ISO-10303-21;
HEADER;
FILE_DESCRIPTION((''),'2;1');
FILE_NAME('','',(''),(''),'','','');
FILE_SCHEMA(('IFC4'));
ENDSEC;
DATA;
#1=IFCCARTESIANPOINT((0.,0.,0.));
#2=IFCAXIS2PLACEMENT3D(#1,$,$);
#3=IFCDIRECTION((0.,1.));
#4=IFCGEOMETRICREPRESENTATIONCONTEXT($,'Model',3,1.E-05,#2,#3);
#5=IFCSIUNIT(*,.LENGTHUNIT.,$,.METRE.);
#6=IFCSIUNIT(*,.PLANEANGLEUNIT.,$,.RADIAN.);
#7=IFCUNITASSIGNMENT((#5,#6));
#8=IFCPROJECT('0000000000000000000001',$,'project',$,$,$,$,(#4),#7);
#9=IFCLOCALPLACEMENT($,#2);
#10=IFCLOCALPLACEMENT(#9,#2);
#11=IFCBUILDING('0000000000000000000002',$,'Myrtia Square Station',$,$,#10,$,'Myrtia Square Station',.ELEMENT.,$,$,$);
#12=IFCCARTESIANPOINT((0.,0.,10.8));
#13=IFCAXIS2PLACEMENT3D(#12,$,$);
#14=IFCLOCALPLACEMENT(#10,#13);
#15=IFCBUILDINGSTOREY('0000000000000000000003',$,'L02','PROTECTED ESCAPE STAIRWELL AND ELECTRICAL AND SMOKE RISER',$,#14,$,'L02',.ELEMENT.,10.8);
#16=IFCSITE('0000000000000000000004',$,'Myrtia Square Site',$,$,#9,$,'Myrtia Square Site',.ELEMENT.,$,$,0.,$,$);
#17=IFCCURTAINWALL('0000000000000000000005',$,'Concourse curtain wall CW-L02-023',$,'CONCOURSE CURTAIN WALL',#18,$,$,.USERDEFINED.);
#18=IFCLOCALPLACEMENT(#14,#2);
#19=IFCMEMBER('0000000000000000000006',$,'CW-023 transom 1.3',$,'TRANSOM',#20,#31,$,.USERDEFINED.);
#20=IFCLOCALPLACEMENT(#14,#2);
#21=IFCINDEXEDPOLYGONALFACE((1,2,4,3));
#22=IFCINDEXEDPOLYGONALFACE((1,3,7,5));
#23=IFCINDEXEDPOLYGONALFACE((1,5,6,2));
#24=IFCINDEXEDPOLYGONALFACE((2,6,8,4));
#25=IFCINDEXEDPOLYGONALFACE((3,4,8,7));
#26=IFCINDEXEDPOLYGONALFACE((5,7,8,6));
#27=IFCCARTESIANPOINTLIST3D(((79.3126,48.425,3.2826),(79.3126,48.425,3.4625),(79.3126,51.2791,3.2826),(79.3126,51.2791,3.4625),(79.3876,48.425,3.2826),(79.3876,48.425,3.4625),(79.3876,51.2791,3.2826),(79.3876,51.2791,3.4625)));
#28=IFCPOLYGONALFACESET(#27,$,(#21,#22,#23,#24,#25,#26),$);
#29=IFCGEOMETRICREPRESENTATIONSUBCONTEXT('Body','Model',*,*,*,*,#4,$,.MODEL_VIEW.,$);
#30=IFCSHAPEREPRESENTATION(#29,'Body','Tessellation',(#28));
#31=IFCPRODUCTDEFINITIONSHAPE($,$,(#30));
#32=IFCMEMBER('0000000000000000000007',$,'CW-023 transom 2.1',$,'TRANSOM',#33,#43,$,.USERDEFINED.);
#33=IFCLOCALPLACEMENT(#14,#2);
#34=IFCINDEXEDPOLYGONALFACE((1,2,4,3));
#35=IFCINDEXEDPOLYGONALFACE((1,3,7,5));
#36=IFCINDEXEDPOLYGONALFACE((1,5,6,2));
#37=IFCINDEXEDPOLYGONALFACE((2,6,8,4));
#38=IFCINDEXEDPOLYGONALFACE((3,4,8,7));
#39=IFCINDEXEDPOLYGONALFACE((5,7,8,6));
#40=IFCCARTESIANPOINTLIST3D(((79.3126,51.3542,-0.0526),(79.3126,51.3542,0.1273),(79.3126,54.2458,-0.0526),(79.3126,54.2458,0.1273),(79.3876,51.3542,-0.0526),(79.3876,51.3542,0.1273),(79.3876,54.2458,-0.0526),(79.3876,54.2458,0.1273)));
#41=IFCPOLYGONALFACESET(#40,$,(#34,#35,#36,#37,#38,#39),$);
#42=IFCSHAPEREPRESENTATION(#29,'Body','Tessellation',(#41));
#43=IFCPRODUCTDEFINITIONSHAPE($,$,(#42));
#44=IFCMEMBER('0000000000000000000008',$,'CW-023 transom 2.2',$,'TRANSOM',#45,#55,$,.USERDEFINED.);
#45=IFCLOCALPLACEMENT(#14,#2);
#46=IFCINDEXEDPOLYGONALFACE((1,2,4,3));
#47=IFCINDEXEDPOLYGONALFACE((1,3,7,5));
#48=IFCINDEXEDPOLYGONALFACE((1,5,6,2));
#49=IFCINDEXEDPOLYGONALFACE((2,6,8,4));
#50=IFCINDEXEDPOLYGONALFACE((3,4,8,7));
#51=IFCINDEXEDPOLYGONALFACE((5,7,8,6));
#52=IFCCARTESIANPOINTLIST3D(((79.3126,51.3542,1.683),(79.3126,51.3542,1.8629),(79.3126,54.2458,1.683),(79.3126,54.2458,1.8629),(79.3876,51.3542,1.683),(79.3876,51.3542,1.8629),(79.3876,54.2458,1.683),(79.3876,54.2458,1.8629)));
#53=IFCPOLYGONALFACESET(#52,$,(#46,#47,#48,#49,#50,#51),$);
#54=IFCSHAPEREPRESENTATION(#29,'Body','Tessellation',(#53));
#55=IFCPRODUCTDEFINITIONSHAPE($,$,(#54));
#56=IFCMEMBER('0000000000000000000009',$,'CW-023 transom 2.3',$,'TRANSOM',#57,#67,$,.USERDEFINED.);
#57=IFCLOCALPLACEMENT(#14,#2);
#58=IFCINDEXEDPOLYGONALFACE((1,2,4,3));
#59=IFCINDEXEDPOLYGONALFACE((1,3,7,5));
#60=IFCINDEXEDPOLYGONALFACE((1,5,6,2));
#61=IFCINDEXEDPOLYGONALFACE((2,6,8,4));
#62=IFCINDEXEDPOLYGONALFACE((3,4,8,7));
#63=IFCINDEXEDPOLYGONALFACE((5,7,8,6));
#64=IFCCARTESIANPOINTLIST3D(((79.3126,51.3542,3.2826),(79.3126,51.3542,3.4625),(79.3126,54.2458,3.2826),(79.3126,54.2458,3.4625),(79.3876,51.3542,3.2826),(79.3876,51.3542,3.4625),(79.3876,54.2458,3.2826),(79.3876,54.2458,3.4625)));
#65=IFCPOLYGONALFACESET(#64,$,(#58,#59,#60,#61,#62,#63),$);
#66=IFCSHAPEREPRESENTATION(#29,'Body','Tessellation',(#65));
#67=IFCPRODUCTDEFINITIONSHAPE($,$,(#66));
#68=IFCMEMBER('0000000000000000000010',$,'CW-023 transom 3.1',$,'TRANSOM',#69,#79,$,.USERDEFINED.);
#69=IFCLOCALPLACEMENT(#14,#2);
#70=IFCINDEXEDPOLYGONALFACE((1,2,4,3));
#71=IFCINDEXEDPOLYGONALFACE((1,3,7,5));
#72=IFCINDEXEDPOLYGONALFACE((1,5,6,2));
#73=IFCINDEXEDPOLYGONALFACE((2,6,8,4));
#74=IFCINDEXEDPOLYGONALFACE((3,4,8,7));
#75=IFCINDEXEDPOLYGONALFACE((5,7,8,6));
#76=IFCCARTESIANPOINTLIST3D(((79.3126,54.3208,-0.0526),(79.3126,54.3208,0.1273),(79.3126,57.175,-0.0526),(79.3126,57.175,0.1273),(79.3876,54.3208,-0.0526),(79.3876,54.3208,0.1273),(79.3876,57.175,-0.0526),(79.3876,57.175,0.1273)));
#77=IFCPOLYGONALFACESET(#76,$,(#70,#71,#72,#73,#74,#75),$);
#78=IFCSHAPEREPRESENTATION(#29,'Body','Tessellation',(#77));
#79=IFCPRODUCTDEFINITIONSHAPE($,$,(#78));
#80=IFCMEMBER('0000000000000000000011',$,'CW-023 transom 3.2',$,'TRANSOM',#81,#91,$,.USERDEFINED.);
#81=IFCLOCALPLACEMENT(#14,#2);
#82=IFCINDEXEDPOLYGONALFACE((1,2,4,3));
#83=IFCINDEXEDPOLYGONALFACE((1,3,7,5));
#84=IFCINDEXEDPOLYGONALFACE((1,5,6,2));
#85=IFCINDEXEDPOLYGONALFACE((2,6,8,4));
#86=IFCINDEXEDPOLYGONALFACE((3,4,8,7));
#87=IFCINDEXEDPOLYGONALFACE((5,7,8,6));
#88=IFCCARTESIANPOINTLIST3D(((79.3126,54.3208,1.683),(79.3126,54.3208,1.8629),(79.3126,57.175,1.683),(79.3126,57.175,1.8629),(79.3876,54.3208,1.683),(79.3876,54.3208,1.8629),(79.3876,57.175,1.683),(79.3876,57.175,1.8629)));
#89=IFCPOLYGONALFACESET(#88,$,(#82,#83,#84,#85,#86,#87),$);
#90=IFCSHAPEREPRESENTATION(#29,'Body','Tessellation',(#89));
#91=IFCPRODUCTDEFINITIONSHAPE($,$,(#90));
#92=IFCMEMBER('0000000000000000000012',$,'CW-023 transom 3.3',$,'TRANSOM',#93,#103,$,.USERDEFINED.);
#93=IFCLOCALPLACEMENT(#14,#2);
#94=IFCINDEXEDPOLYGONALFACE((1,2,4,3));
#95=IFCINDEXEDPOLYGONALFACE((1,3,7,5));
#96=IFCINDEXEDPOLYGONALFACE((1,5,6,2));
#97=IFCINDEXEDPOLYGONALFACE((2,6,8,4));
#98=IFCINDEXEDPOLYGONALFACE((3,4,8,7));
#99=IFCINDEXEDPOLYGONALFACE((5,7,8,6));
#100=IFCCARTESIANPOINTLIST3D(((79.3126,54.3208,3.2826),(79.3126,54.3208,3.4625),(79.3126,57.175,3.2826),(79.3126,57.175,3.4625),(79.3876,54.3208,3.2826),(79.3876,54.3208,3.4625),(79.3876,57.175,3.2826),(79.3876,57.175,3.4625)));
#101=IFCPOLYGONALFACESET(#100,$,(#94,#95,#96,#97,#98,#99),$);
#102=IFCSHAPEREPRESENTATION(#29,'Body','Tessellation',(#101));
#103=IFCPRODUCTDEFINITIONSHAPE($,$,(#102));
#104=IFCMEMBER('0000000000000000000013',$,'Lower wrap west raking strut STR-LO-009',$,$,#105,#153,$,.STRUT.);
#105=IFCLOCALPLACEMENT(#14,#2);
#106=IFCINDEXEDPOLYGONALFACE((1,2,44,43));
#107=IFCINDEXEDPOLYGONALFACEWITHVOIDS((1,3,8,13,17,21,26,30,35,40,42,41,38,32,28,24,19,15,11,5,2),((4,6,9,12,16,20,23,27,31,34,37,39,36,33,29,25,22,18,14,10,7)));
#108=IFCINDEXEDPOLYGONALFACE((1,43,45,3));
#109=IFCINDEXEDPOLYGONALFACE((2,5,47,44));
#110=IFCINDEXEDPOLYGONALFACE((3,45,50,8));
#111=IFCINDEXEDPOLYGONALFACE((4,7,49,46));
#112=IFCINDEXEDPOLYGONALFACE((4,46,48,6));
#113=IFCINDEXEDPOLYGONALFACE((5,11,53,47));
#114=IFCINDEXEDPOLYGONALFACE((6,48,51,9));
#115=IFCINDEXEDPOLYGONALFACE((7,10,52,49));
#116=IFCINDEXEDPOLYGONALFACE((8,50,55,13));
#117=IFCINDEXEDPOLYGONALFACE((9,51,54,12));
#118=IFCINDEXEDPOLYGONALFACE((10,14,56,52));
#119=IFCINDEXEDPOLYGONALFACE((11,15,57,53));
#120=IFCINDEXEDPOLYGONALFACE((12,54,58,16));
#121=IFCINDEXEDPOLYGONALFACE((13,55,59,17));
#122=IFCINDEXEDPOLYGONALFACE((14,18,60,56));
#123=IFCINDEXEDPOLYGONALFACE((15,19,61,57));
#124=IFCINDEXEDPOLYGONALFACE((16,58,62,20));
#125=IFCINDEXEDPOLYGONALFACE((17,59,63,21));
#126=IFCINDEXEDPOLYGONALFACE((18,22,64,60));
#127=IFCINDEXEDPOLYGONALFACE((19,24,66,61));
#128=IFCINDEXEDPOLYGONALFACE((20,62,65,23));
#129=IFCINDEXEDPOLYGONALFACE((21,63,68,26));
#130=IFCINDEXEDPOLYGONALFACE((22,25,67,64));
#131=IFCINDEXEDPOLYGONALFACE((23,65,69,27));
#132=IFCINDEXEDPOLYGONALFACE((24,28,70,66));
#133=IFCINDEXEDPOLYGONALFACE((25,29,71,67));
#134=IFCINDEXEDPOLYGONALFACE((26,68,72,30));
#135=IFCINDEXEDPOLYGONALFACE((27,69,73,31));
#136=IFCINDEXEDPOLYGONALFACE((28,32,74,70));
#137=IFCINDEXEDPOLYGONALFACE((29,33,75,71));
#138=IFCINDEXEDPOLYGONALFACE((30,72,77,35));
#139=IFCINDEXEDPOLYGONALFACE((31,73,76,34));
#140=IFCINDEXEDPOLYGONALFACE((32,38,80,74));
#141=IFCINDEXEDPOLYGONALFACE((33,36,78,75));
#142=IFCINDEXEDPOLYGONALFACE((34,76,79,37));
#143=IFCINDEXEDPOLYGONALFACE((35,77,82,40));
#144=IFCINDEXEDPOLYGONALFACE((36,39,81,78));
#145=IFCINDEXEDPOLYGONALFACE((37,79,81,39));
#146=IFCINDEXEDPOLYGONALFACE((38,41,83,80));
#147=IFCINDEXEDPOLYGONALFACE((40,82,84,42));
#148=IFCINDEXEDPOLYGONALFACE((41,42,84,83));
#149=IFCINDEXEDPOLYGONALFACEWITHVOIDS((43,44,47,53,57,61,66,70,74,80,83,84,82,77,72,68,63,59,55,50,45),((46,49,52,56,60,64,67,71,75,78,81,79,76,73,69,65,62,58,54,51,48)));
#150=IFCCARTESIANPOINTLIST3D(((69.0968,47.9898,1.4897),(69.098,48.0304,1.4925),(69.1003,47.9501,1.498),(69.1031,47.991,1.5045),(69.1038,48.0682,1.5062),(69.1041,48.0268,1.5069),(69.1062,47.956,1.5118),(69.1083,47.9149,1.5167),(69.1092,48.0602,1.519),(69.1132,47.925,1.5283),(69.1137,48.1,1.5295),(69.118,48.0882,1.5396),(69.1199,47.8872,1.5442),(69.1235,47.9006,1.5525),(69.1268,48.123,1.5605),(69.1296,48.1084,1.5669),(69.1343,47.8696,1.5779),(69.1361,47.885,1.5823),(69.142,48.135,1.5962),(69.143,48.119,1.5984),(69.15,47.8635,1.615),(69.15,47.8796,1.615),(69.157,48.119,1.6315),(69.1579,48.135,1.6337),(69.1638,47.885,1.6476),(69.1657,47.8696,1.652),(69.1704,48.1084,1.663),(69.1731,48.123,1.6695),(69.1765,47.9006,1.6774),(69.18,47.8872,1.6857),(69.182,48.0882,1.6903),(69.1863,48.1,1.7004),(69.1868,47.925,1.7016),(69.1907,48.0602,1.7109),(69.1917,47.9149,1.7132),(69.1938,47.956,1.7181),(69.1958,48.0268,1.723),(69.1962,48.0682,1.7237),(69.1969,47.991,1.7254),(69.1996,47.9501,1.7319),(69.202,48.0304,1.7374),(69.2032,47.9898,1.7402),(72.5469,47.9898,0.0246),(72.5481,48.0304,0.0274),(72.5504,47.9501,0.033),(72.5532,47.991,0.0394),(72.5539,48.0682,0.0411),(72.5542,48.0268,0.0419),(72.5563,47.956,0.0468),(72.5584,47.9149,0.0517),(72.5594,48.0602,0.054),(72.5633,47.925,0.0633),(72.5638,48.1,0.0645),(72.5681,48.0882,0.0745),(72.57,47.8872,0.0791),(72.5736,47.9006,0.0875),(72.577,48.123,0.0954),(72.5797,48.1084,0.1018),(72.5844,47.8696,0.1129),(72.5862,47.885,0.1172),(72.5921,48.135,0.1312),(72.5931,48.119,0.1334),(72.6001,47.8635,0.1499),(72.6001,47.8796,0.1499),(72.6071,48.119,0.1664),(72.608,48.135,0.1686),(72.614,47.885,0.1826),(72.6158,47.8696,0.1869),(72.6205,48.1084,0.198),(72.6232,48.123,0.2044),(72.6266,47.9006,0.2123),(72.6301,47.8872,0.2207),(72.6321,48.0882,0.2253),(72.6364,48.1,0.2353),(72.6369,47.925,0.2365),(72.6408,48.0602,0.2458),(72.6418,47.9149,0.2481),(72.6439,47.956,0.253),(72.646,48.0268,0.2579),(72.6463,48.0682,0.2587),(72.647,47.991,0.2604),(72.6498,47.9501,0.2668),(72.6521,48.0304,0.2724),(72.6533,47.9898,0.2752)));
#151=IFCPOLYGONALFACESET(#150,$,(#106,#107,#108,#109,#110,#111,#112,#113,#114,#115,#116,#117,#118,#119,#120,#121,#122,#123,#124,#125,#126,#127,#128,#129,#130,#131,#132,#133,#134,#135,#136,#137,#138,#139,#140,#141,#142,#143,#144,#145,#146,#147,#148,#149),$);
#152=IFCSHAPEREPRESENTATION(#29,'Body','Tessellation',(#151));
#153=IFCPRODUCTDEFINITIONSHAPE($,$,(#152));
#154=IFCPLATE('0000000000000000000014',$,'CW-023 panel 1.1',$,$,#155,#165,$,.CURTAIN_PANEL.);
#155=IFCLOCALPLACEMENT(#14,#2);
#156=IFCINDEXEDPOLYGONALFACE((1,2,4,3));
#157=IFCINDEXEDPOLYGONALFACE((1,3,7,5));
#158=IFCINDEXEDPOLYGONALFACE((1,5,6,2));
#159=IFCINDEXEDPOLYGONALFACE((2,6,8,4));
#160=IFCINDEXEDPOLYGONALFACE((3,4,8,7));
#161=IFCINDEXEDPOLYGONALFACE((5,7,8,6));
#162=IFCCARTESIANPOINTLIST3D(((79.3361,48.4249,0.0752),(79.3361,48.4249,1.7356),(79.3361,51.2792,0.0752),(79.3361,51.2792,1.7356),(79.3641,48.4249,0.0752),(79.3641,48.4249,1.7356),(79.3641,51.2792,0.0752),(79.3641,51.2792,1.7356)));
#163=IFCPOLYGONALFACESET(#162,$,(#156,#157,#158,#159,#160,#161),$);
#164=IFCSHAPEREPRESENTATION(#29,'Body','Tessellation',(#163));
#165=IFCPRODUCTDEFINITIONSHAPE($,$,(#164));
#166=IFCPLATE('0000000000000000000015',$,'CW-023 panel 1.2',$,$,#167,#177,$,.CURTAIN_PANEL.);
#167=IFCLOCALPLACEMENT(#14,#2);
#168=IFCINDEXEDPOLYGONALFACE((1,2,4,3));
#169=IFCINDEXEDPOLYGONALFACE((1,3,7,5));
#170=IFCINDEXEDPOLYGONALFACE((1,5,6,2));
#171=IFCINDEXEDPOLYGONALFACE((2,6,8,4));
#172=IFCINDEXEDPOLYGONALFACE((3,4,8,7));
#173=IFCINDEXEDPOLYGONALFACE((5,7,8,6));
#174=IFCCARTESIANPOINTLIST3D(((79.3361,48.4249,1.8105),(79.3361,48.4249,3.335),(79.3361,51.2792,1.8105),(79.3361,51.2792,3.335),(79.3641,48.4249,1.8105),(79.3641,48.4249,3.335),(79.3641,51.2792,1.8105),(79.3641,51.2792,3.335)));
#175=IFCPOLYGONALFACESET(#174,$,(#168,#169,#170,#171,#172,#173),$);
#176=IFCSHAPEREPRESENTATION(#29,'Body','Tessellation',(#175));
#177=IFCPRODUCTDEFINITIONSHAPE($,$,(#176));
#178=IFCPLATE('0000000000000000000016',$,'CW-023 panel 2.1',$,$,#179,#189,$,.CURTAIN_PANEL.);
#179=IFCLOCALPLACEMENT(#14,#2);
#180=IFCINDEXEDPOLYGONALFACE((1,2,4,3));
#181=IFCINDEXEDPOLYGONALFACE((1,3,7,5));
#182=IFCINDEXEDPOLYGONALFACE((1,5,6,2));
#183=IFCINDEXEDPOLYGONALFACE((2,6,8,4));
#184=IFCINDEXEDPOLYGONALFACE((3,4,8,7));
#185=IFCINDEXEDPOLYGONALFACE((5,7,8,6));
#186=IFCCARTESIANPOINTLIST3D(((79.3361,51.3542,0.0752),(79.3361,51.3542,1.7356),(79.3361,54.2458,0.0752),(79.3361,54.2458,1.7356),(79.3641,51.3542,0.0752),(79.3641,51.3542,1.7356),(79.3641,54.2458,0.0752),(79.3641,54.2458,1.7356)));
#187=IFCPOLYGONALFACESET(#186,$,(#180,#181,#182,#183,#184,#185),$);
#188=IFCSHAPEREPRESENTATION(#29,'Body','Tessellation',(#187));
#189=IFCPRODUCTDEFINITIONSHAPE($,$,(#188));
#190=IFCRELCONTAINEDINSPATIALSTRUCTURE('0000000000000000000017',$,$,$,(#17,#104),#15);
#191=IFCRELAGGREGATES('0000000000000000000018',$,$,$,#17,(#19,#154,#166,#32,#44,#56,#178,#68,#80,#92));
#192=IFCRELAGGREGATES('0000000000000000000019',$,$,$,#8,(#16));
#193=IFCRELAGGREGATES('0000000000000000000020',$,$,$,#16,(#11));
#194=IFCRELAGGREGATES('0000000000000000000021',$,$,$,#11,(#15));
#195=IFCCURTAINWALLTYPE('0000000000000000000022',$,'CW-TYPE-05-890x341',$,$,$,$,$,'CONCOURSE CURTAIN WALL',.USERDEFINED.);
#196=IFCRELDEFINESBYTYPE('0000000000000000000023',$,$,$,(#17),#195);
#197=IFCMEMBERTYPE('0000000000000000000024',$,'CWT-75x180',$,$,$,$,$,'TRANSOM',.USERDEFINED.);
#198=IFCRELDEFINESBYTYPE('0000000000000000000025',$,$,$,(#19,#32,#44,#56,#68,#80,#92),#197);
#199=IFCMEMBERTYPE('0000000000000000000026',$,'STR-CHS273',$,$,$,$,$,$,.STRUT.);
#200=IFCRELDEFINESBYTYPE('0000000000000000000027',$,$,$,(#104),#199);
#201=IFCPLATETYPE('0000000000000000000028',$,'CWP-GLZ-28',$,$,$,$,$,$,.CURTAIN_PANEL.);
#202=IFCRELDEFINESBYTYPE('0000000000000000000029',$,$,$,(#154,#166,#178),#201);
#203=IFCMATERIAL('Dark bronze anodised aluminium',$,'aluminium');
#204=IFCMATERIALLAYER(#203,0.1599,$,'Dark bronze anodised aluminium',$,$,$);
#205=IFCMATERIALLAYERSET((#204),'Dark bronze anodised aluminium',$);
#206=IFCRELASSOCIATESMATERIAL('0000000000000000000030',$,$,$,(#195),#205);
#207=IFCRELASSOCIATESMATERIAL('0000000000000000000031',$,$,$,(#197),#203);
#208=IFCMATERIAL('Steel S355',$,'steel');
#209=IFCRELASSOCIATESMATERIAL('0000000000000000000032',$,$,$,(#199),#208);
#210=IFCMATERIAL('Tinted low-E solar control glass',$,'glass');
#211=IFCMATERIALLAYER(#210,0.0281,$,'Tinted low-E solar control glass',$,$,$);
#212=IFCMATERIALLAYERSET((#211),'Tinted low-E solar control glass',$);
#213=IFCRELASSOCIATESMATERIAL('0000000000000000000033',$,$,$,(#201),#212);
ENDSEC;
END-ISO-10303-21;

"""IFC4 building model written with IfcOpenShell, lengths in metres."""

from ifc_helpers import new_model, si_unit, direction, frame, origin, origin_2d, place, context, subcontext, project, spatial, rectangle, hollow_circle, extrude, material, layer, layer_set, material_profile, profile_set, type_object, element, aggregate, save


model = new_model("IFC4")

# Units and contexts
model_context = context("Model", 3, precision=1e-05, world=origin(), true_north=direction((0.0, 1.0)))
body_context = subcontext(model_context, "Body", "Model", "MODEL_VIEW")
ifc_project = project(units=[si_unit("LENGTHUNIT", "METRE"), si_unit("PLANEANGLEUNIT", "RADIAN")], contexts=[model_context])

# Site, building, storey
site_placement = place(None, origin())
site = spatial("IfcSite", under=ifc_project, at=site_placement, Name="Myrtia Square Site", LongName="Myrtia Square Site", CompositionType="ELEMENT", RefElevation=0.0)
building_placement = place(site_placement, origin())
building = spatial("IfcBuilding", under=site, at=building_placement, Name="Myrtia Square Station", LongName="Myrtia Square Station", CompositionType="ELEMENT")
storey_placement = place(building_placement, frame((0.0, 0.0, 10.8)))
storey = spatial("IfcBuildingStorey", under=building, at=storey_placement, Name="L02", Description="PROTECTED ESCAPE STAIRWELL AND ELECTRICAL AND SMOKE RISER", LongName="L02", CompositionType="ELEMENT", Elevation=10.8)

# Shared definitions
ifc_material_1 = material(Name="Steel S355", Category="steel")

# Shared definitions
ifc_material_2 = material(Name="Dark bronze anodised aluminium", Category="aluminium")
ifc_layer_1 = layer(ifc_material_2, 0.1599, Name="Dark bronze anodised aluminium")
ifc_layer_set_1 = layer_set([ifc_layer_1], Name="Dark bronze anodised aluminium")
curtain_wall_type = type_object("IfcCurtainWallType", Name="CW-TYPE-05-890x341", ElementType="CONCOURSE CURTAIN WALL", PredefinedType="USERDEFINED", material=ifc_layer_set_1)

# Curtain wall, members
curtain_wall_1_placement = place(storey_placement, origin())
curtain_wall_1 = element("IfcCurtainWall", 1, at=curtain_wall_1_placement, inside=storey, type_object=curtain_wall_type, Name="Concourse curtain wall CW-L02-023", ObjectType="CONCOURSE CURTAIN WALL", PredefinedType="USERDEFINED")
ifc_material_profile_1 = material_profile(ifc_material_2, rectangle(XDim=0.075, YDim=0.1799, at=origin_2d()), Name="ALU-T 75x180")
ifc_profile_set_1 = profile_set([ifc_material_profile_1], Name="Dark bronze anodised aluminium")
member_type_1 = type_object("IfcMemberType", Name="CWT-75x180", ElementType="TRANSOM", PredefinedType="USERDEFINED", material=ifc_profile_set_1)
member_1_placement = place(storey_placement, frame((79.3501, 48.425, 3.3726), z_axis=(0.0, 1.0, 0.0), x_axis=(-1.0, 0.0, 0.0)))
member_1 = element("IfcMember", 2, at=member_1_placement, type_object=member_type_1, Name="CW-023 transom 1.3", ObjectType="TRANSOM", PredefinedType="USERDEFINED", context=body_context, shape_type="SweptSolid", body=[
    extrude(rectangle(XDim=0.075, YDim=0.1799, at=origin_2d()), origin(), (0.0, 0.0, 1.0), 2.854),
])
member_2_placement = place(storey_placement, frame((79.3501, 51.3542, 0.0374), z_axis=(0.0, 1.0, 0.0), x_axis=(-1.0, 0.0, 0.0)))
member_2 = element("IfcMember", 3, at=member_2_placement, type_object=member_type_1, Name="CW-023 transom 2.1", ObjectType="TRANSOM", PredefinedType="USERDEFINED", context=body_context, shape_type="SweptSolid", body=[
    extrude(rectangle(XDim=0.075, YDim=0.1799, at=origin_2d()), origin(), (0.0, 0.0, 1.0), 2.8916),
])
member_3_placement = place(storey_placement, frame((79.3501, 51.3542, 1.7729), z_axis=(0.0, 1.0, 0.0), x_axis=(-1.0, 0.0, 0.0)))
member_3 = element("IfcMember", 4, at=member_3_placement, type_object=member_type_1, Name="CW-023 transom 2.2", ObjectType="TRANSOM", PredefinedType="USERDEFINED", context=body_context, shape_type="SweptSolid", body=[
    extrude(rectangle(XDim=0.075, YDim=0.1799, at=origin_2d()), origin(), (0.0, 0.0, 1.0), 2.8916),
])
member_4_placement = place(storey_placement, frame((79.3501, 51.3542, 3.3726), z_axis=(0.0, 1.0, 0.0), x_axis=(-1.0, 0.0, 0.0)))
member_4 = element("IfcMember", 5, at=member_4_placement, type_object=member_type_1, Name="CW-023 transom 2.3", ObjectType="TRANSOM", PredefinedType="USERDEFINED", context=body_context, shape_type="SweptSolid", body=[
    extrude(rectangle(XDim=0.075, YDim=0.1799, at=origin_2d()), origin(), (0.0, 0.0, 1.0), 2.8916),
])
member_5_placement = place(storey_placement, frame((79.3501, 54.3208, 0.0374), z_axis=(0.0, 1.0, 0.0), x_axis=(-1.0, 0.0, 0.0)))
member_5 = element("IfcMember", 6, at=member_5_placement, type_object=member_type_1, Name="CW-023 transom 3.1", ObjectType="TRANSOM", PredefinedType="USERDEFINED", context=body_context, shape_type="SweptSolid", body=[
    extrude(rectangle(XDim=0.075, YDim=0.1799, at=origin_2d()), origin(), (0.0, 0.0, 1.0), 2.8542),
])
member_6_placement = place(storey_placement, frame((79.3501, 54.3208, 1.7729), z_axis=(0.0, 1.0, 0.0), x_axis=(-1.0, 0.0, 0.0)))
member_6 = element("IfcMember", 7, at=member_6_placement, type_object=member_type_1, Name="CW-023 transom 3.2", ObjectType="TRANSOM", PredefinedType="USERDEFINED", context=body_context, shape_type="SweptSolid", body=[
    extrude(rectangle(XDim=0.075, YDim=0.1799, at=origin_2d()), origin(), (0.0, 0.0, 1.0), 2.8542),
])
member_7_placement = place(storey_placement, frame((79.3501, 54.3208, 3.3726), z_axis=(0.0, 1.0, 0.0), x_axis=(-1.0, 0.0, 0.0)))
member_7 = element("IfcMember", 8, at=member_7_placement, type_object=member_type_1, Name="CW-023 transom 3.3", ObjectType="TRANSOM", PredefinedType="USERDEFINED", context=body_context, shape_type="SweptSolid", body=[
    extrude(rectangle(XDim=0.075, YDim=0.1799, at=origin_2d()), origin(), (0.0, 0.0, 1.0), 2.8542),
])

# Member
ifc_material_profile_2 = material_profile(ifc_material_1, hollow_circle(Radius=0.1365, WallThickness=0.0161, at=origin_2d()), Name="CHS 273x16")
ifc_profile_set_2 = profile_set([ifc_material_profile_2], Name="Steel S355")
member_type_2 = type_object("IfcMemberType", Name="STR-CHS273", PredefinedType="STRUT", material=ifc_profile_set_2)
member_8_placement = place(storey_placement, frame((72.6001, 48.0, 0.1499), z_axis=(-0.92045, 0.0, 0.390859), x_axis=(0.0, -1.0, 0.0)))
element("IfcMember", 9, at=member_8_placement, inside=storey, type_object=member_type_2, Name="Lower wrap west raking strut STR-LO-009", PredefinedType="STRUT", context=body_context, shape_type="SweptSolid", body=[
    extrude(hollow_circle(Radius=0.1365, WallThickness=0.0161, at=origin_2d()), origin(), (0.0, 0.0, 1.0), 3.7483),
])

# Plates
ifc_material_3 = material(Name="Tinted low-E solar control glass", Category="glass")
ifc_layer_2 = layer(ifc_material_3, 0.0281, Name="Tinted low-E solar control glass")
ifc_layer_set_2 = layer_set([ifc_layer_2], Name="Tinted low-E solar control glass")
plate_type_1 = type_object("IfcPlateType", Name="CWP-GLZ-28", PredefinedType="CURTAIN_PANEL", material=ifc_layer_set_2)
plate_1_placement = place(storey_placement, frame((79.3501, 49.8521, 0.0752), z_axis=(0.0, 0.0, 1.0), x_axis=(0.0, 1.0, 0.0)))
plate_1 = element("IfcPlate", 10, at=plate_1_placement, type_object=plate_type_1, Name="CW-023 panel 1.1", PredefinedType="CURTAIN_PANEL", context=body_context, shape_type="SweptSolid", body=[
    extrude(rectangle(XDim=2.8542, YDim=0.0281, at=origin_2d()), origin(), (0.0, 0.0, 1.0), 1.6604),
])
plate_2_placement = place(storey_placement, frame((79.3501, 49.8521, 1.8105), z_axis=(0.0, 0.0, 1.0), x_axis=(0.0, 1.0, 0.0)))
plate_2 = element("IfcPlate", 11, at=plate_2_placement, type_object=plate_type_1, Name="CW-023 panel 1.2", PredefinedType="CURTAIN_PANEL", context=body_context, shape_type="SweptSolid", body=[
    extrude(rectangle(XDim=2.8542, YDim=0.0281, at=origin_2d()), origin(), (0.0, 0.0, 1.0), 1.5244),
])
plate_3_placement = place(storey_placement, frame((79.3501, 52.8, 0.0752), z_axis=(0.0, 0.0, 1.0), x_axis=(0.0, 1.0, 0.0)))
plate_3 = element("IfcPlate", 12, at=plate_3_placement, type_object=plate_type_1, Name="CW-023 panel 2.1", PredefinedType="CURTAIN_PANEL", context=body_context, shape_type="SweptSolid", body=[
    extrude(rectangle(XDim=2.8916, YDim=0.0281, at=origin_2d()), origin(), (0.0, 0.0, 1.0), 1.6604),
])
aggregate(curtain_wall_1, [member_1, plate_1, plate_2, member_2, member_3, member_4, plate_3, member_5, member_6, member_7])

save(model, "model.ifc")
